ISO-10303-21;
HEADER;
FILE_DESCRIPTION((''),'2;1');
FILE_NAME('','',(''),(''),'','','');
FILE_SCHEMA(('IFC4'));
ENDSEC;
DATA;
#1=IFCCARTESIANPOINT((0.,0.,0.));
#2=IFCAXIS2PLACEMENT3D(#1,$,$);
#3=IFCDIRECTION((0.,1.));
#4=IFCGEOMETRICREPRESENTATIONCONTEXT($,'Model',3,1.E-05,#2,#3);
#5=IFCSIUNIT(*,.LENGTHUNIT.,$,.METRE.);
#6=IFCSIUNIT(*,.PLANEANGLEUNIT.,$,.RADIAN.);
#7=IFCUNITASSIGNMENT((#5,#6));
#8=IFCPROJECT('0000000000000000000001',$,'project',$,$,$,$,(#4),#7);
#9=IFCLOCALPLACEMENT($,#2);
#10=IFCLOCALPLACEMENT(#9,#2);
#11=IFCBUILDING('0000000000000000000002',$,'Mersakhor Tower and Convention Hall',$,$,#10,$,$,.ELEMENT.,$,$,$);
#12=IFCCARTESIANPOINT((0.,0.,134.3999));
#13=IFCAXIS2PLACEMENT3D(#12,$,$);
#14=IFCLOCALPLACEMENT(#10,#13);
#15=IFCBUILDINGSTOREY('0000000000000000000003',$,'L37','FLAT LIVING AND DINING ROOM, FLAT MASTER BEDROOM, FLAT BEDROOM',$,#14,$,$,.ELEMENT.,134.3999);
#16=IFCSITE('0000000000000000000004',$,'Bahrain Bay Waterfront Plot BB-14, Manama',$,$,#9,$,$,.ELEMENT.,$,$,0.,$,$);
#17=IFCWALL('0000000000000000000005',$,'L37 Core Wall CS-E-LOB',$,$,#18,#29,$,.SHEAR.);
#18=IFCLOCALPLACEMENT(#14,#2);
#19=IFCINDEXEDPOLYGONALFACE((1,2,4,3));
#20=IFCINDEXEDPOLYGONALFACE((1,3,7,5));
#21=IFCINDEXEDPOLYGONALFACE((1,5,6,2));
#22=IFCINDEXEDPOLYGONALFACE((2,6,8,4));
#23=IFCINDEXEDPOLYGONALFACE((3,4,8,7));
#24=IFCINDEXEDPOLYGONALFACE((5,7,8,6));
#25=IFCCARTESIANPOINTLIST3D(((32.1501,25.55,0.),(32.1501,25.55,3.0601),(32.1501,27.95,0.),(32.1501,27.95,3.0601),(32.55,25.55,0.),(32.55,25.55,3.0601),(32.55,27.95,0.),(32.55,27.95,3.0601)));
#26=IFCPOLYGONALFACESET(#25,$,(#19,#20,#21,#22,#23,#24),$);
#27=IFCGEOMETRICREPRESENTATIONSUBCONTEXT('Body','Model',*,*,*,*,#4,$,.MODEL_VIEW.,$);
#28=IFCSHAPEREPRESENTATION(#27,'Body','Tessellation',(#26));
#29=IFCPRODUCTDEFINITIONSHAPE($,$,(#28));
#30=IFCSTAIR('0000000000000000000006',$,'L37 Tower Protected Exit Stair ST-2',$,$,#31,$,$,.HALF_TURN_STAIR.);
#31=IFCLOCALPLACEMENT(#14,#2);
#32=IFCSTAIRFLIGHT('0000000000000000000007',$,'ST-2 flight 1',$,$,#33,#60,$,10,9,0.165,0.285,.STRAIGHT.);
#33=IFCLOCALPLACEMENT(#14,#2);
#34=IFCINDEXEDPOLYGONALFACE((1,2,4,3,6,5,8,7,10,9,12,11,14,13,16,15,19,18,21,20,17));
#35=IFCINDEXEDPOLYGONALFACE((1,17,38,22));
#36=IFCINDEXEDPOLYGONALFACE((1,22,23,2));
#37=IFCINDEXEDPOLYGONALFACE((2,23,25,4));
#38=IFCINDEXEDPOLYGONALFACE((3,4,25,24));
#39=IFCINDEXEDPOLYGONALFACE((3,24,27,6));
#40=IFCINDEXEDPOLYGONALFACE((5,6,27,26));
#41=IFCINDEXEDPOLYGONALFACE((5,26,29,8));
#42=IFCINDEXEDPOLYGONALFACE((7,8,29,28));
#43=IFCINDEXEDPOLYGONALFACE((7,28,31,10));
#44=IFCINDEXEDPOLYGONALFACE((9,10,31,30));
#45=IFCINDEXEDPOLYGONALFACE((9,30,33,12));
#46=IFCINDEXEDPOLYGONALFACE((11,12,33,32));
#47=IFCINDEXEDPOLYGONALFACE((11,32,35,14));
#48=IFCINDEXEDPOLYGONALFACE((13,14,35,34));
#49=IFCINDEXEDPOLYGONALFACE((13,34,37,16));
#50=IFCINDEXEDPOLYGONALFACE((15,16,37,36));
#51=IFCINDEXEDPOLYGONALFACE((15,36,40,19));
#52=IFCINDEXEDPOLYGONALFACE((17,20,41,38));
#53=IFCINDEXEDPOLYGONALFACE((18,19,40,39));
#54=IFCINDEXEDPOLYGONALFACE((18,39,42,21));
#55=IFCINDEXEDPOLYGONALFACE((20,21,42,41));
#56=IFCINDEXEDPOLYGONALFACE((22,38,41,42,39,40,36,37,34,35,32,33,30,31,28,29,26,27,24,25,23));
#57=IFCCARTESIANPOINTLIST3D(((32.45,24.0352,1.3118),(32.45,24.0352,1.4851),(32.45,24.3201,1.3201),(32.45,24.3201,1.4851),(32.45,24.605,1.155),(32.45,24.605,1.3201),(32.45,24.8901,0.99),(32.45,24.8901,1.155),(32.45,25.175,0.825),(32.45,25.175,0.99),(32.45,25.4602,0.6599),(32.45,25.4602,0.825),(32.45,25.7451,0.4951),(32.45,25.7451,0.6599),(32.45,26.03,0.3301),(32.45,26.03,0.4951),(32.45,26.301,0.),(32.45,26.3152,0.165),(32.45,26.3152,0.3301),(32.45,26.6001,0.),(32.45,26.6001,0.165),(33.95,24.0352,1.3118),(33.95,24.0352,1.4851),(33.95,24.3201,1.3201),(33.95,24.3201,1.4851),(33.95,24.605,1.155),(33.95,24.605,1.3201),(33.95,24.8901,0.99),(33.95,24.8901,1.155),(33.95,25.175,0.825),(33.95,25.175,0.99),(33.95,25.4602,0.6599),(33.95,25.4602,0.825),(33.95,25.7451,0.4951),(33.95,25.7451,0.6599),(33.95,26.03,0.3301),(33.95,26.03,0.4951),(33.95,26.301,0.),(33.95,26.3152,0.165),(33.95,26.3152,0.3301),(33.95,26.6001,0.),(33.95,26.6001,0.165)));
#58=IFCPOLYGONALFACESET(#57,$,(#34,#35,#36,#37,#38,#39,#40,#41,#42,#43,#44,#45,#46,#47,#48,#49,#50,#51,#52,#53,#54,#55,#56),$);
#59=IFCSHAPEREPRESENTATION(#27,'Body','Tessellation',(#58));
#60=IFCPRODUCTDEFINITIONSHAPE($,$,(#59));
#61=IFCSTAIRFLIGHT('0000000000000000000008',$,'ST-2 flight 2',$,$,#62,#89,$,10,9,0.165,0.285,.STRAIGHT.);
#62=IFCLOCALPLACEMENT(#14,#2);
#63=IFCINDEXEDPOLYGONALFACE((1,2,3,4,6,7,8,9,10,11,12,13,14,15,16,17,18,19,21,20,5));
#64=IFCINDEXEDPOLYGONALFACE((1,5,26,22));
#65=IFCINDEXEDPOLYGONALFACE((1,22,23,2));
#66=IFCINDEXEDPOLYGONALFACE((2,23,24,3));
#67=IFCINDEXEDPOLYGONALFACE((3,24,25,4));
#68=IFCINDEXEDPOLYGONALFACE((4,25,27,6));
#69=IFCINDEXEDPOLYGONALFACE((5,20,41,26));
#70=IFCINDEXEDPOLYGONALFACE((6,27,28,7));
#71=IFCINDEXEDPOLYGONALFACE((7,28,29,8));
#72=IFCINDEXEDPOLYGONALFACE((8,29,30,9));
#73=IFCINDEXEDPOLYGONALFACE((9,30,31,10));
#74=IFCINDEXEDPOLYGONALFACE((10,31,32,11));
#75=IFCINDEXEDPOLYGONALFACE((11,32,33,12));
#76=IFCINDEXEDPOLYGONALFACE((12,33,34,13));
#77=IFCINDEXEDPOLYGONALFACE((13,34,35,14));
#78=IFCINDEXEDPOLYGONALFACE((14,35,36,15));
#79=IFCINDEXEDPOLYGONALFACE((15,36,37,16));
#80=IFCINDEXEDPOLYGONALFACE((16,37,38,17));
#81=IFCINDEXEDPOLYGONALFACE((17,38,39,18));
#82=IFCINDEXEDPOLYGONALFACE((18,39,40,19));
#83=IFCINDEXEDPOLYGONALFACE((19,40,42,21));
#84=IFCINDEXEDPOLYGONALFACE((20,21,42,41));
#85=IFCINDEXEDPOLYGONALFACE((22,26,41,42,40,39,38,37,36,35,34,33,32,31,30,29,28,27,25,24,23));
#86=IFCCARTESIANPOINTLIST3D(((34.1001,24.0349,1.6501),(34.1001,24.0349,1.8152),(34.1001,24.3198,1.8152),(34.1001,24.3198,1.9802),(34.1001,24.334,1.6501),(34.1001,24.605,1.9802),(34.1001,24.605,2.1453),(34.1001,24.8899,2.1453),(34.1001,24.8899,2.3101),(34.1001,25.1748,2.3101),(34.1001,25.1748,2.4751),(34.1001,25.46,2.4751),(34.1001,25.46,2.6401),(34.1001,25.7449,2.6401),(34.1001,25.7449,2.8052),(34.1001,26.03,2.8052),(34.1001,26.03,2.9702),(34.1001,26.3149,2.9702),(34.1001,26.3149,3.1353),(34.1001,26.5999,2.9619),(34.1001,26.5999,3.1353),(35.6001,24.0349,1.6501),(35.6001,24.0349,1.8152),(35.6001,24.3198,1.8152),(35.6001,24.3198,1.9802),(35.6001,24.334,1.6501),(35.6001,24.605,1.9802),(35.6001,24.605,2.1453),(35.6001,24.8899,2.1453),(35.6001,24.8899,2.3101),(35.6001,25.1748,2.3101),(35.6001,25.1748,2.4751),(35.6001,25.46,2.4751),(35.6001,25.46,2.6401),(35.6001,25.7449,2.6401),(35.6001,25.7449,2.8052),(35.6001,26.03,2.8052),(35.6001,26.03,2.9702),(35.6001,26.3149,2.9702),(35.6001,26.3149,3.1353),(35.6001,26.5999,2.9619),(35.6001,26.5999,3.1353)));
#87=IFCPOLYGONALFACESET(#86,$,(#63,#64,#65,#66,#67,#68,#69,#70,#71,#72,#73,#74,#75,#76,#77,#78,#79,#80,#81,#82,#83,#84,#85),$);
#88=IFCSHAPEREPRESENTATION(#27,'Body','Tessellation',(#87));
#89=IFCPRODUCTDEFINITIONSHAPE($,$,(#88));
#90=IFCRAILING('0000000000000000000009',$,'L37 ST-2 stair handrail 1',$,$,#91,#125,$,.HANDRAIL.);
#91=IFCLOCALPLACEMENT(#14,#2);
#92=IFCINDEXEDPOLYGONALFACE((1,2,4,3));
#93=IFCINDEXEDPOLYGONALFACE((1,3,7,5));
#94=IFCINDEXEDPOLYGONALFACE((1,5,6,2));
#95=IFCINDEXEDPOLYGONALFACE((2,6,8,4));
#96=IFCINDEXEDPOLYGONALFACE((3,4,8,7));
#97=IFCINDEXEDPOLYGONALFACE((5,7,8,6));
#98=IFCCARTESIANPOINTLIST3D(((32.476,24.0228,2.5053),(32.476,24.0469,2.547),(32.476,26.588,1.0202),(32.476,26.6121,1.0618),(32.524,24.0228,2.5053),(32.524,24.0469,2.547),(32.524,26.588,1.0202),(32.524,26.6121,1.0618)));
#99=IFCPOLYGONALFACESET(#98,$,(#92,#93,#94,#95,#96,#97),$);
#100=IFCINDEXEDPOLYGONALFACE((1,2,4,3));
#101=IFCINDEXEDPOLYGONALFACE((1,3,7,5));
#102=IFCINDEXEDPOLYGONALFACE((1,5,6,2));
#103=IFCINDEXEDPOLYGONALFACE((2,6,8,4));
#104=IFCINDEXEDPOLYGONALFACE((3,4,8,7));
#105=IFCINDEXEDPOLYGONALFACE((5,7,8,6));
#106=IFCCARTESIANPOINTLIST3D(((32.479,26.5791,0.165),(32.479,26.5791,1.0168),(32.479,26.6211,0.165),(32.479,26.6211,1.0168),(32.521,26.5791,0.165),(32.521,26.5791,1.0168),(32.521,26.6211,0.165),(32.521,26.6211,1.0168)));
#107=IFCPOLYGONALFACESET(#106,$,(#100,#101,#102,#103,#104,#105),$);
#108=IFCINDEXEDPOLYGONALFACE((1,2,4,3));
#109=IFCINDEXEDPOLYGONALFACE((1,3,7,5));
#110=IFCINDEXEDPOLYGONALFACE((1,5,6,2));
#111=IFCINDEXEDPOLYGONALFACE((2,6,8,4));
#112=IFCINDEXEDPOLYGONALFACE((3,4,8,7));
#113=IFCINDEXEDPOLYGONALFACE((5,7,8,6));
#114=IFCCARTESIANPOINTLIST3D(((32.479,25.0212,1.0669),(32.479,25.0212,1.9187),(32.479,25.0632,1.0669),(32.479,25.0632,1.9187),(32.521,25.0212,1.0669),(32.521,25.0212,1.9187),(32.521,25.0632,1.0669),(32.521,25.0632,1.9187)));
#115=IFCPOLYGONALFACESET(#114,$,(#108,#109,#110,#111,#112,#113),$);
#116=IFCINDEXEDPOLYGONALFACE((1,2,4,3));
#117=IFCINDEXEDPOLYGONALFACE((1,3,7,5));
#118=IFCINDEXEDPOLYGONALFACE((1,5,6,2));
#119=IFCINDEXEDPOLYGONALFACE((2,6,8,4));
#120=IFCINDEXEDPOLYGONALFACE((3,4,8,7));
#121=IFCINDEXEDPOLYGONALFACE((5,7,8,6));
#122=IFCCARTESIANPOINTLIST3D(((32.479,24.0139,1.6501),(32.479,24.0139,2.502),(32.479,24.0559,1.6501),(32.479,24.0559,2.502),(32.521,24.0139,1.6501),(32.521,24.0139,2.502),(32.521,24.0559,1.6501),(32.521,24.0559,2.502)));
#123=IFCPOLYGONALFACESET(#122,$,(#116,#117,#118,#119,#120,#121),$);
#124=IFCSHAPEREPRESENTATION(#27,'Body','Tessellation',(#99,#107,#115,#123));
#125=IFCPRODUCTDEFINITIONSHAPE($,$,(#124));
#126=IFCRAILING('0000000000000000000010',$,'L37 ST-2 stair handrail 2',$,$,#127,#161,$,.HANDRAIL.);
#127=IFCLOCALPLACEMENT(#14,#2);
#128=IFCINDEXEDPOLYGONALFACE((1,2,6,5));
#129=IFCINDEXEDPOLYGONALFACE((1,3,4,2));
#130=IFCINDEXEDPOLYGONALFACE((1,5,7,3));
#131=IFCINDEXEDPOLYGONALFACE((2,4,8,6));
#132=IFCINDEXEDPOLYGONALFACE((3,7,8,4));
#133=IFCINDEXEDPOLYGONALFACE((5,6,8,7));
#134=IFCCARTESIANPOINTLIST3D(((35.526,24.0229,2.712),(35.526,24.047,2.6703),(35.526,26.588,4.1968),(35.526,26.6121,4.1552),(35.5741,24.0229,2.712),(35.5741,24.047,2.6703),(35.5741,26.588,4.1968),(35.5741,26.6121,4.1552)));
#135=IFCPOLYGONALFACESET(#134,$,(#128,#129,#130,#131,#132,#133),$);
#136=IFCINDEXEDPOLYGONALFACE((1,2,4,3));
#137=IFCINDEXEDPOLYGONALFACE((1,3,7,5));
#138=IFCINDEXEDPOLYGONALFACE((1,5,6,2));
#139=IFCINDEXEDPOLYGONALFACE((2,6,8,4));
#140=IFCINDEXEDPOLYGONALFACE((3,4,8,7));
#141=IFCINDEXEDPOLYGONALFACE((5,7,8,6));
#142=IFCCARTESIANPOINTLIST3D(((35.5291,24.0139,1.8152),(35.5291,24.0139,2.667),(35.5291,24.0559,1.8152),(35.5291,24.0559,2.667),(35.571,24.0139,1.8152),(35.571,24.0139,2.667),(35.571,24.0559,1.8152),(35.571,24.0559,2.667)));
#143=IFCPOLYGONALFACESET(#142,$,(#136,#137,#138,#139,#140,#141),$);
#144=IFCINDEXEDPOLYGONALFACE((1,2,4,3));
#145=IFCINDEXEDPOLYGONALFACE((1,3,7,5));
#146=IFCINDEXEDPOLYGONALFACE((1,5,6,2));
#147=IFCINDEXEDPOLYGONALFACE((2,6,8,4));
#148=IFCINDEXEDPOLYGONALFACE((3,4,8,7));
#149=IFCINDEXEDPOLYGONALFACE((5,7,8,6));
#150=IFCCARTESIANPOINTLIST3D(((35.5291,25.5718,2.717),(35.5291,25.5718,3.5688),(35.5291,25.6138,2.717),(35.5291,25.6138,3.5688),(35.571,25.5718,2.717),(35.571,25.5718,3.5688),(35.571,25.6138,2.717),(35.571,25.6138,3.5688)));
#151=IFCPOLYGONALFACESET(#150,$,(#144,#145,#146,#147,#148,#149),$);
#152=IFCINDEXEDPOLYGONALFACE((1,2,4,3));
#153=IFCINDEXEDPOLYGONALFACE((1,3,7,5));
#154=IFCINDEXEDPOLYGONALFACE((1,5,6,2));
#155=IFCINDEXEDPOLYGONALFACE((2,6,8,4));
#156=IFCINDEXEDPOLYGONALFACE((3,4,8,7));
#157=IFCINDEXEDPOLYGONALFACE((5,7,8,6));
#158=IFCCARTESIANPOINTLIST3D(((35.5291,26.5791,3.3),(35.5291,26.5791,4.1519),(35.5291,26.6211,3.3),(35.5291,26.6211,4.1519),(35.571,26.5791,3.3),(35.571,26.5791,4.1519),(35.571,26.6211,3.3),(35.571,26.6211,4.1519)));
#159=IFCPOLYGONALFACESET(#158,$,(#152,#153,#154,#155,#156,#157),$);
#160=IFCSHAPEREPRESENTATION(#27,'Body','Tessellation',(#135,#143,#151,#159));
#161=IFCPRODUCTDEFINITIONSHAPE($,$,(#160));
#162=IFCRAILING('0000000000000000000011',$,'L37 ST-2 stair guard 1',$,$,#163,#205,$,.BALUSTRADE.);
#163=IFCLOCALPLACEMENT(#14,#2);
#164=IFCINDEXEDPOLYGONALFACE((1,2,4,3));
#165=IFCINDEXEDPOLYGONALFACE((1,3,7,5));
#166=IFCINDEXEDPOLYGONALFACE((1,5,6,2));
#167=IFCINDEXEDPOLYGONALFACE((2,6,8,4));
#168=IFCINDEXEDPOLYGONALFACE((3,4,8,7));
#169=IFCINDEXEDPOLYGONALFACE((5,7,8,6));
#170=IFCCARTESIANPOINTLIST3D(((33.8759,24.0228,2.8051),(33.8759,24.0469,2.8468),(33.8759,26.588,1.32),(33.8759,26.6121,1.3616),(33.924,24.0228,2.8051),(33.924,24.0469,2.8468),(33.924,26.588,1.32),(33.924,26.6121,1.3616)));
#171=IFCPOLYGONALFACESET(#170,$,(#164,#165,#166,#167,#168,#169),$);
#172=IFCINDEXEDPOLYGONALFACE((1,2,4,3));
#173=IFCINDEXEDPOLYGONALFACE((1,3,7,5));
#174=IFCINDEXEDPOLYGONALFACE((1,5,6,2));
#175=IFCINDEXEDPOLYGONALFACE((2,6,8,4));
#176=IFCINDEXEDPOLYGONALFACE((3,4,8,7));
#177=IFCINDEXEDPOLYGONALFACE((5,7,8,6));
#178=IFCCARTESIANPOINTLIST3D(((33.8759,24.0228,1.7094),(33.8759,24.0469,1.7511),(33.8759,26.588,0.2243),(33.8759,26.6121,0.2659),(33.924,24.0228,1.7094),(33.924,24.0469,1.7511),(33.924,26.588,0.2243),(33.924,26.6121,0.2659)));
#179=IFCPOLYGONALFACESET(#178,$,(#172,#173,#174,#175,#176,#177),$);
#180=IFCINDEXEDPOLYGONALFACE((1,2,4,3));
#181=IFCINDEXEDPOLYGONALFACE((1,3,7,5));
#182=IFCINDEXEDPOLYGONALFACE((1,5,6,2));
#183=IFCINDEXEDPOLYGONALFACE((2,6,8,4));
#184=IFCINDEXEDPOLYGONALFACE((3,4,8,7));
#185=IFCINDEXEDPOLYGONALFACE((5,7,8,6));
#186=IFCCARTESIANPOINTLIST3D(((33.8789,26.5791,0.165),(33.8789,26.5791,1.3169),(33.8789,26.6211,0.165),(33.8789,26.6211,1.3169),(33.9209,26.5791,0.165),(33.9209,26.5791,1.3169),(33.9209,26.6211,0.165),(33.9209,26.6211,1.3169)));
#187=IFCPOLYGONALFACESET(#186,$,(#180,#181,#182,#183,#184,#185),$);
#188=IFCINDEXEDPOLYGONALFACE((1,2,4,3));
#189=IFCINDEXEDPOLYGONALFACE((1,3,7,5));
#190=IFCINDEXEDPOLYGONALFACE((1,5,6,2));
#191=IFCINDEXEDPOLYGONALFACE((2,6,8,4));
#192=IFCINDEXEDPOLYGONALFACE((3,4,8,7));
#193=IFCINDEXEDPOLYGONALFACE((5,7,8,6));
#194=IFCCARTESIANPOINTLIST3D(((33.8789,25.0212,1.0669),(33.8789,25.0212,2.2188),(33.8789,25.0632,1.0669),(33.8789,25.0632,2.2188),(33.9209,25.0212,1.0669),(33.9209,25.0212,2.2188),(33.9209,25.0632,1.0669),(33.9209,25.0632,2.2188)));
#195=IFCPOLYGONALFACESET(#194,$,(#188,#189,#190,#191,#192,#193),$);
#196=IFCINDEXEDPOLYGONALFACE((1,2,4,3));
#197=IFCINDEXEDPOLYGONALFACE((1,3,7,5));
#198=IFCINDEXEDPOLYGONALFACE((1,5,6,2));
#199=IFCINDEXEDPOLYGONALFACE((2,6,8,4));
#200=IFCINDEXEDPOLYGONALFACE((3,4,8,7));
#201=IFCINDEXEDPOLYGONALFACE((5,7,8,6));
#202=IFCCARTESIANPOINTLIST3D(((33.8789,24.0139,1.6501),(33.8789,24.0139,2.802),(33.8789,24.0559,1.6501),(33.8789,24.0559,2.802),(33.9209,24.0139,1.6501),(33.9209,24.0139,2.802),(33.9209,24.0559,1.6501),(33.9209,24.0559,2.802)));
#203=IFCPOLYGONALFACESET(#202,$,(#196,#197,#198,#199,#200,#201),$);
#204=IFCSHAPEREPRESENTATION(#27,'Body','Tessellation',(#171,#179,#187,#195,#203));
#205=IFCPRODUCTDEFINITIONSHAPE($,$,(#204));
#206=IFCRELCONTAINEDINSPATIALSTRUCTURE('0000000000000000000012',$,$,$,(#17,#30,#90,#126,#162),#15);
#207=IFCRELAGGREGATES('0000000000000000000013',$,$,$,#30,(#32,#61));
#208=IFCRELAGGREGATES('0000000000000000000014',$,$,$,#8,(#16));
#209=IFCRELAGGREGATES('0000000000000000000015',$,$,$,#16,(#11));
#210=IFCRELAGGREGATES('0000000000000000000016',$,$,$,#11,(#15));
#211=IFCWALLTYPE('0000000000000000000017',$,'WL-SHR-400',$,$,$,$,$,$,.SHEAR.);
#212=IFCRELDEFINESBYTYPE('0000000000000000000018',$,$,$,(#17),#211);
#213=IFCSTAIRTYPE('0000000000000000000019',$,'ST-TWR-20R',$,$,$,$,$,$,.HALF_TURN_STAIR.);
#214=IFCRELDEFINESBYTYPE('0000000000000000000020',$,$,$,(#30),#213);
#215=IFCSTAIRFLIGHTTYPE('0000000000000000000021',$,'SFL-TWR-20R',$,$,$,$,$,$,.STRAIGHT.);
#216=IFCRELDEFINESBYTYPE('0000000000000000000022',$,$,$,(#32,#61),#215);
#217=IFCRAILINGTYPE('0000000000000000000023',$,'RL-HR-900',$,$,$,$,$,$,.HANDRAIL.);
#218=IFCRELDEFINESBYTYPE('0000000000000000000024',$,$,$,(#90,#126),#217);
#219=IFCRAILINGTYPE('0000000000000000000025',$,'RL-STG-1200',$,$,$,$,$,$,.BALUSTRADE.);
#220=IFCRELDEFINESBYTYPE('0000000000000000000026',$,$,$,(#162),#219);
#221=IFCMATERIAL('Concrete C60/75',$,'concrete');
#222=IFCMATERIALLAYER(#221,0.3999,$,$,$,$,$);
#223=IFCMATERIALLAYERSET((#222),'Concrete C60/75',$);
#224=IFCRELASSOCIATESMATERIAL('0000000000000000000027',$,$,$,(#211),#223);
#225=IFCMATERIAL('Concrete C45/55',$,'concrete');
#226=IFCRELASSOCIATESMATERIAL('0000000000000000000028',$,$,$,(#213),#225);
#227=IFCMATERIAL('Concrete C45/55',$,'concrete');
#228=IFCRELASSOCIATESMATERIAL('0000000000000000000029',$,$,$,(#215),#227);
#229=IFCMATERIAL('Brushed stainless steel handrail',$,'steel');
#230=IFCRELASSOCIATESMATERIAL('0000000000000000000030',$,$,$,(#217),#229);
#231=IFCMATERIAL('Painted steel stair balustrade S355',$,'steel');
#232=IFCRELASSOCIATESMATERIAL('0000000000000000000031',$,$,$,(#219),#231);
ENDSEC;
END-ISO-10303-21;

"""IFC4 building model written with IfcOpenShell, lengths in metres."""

from ifc_helpers import new_model, si_unit, direction, frame, frame_2d, origin, origin_2d, place, context, subcontext, project, spatial, polyline, rectangle, outline, extrude, material, layer, layer_set, type_object, element, aggregate, save


model = new_model("IFC4")

# Units and contexts
model_context = context("Model", 3, precision=1e-05, world=origin(), true_north=direction((0.0, 1.0)))
body_context = subcontext(model_context, "Body", "Model", "MODEL_VIEW")
ifc_project = project(units=[si_unit("LENGTHUNIT", "METRE"), si_unit("PLANEANGLEUNIT", "RADIAN")], contexts=[model_context])

# Site, building, storey
site_placement = place(None, origin())
site = spatial("IfcSite", under=ifc_project, at=site_placement, Name="Bahrain Bay Waterfront Plot BB-14, Manama", CompositionType="ELEMENT", RefElevation=0.0)
building_placement = place(site_placement, origin())
building = spatial("IfcBuilding", under=site, at=building_placement, Name="Mersakhor Tower and Convention Hall", CompositionType="ELEMENT")
storey_placement = place(building_placement, frame((0.0, 0.0, 134.3999)))
storey = spatial("IfcBuildingStorey", under=building, at=storey_placement, Name="L37", Description="FLAT LIVING AND DINING ROOM, FLAT MASTER BEDROOM, FLAT BEDROOM", CompositionType="ELEMENT", Elevation=134.3999)

# Shared definitions
ifc_material_1 = material(Name="Concrete C60/75", Category="concrete")
ifc_layer_1 = layer(ifc_material_1, 0.3999)
ifc_layer_set_1 = layer_set([ifc_layer_1], Name="Concrete C60/75")
wall_type_1 = type_object("IfcWallType", Name="WL-SHR-400", PredefinedType="SHEAR", material=ifc_layer_set_1)

# Wall
wall_1_placement = place(storey_placement, frame((32.3501, 25.55, 0.0), z_axis=(0.0, 0.0, 1.0), x_axis=(0.0, 1.0, 0.0)))
element("IfcWall", 1, at=wall_1_placement, inside=storey, type_object=wall_type_1, Name="L37 Core Wall CS-E-LOB", PredefinedType="SHEAR", context=body_context, shape_type="SweptSolid", body=[
    extrude(rectangle(XDim=2.3999, YDim=0.3999, at=frame_2d((1.2, 0.0))), origin(), (0.0, 0.0, 1.0), 3.0601),
])

# Stair, stair flights
ifc_material_2 = material(Name="Concrete C45/55", Category="concrete")
stair_type = type_object("IfcStairType", Name="ST-TWR-20R", PredefinedType="HALF_TURN_STAIR", material=ifc_material_2)
stair_placement = place(storey_placement, origin())
stair = element("IfcStair", 2, at=stair_placement, inside=storey, type_object=stair_type, Name="L37 Tower Protected Exit Stair ST-2", PredefinedType="HALF_TURN_STAIR")
ifc_material_3 = material(Name="Concrete C45/55", Category="concrete")
stair_flight_type = type_object("IfcStairFlightType", Name="SFL-TWR-20R", PredefinedType="STRAIGHT", material=ifc_material_3)
stair_flight_1_placement = place(storey_placement, frame((33.2, 26.6001, 0.0), z_axis=(0.0, 0.0, 1.0), x_axis=(0.0, -1.0, 0.0)))
stair_flight_1 = element("IfcStairFlight", 3, at=stair_flight_1_placement, type_object=stair_flight_type, Name="ST-2 flight 1", NumberOfRisers=10, NumberOfTreads=9, PredefinedType="STRAIGHT", RiserHeight=0.165, TreadLength=0.285, context=body_context, shape_type="SweptSolid", body=[
    extrude(outline(polyline([(0.0, 0.0), (0.0, 0.165), (0.2849, 0.165), (0.2849, 0.3301), (0.5701, 0.3301), (0.5701, 0.4951), (0.855, 0.4951), (0.855, 0.6599), (1.1399, 0.6599), (1.1399, 0.825), (1.425, 0.825), (1.425, 0.99), (1.71, 0.99), (1.71, 1.155), (1.9951, 1.155), (1.9951, 1.3201), (2.28, 1.3201), (2.28, 1.4851), (2.5649, 1.4851), (2.5649, 1.6499), (2.5649, 1.3118), (0.2991, 0.0), (0.0, 0.0)])), frame((0.0, 0.75, 0.0), z_axis=(0.0, -1.0, 0.0), x_axis=(1.0, 0.0, 0.0)), (0.0, 0.0, 1.0), 1.5),
])
stair_flight_2_placement = place(storey_placement, frame((34.8501, 24.0349, 1.6501), z_axis=(0.0, 0.0, 1.0), x_axis=(0.0, 1.0, 0.0)))
stair_flight_2 = element("IfcStairFlight", 4, at=stair_flight_2_placement, type_object=stair_flight_type, Name="ST-2 flight 2", NumberOfRisers=10, NumberOfTreads=9, PredefinedType="STRAIGHT", RiserHeight=0.165, TreadLength=0.285, context=body_context, shape_type="SweptSolid", body=[
    extrude(outline(polyline([(0.0, 0.0), (0.0, 0.165), (0.2849, 0.165), (0.2849, 0.3301), (0.5701, 0.3301), (0.5701, 0.4951), (0.855, 0.4951), (0.855, 0.6599), (1.1399, 0.6599), (1.1399, 0.825), (1.425, 0.825), (1.425, 0.99), (1.71, 0.99), (1.71, 1.155), (1.9951, 1.155), (1.9951, 1.3201), (2.28, 1.3201), (2.28, 1.4851), (2.5649, 1.4851), (2.5649, 1.6499), (2.5649, 1.3118), (0.2991, 0.0), (0.0, 0.0)])), frame((0.0, 0.75, 0.0), z_axis=(0.0, -1.0, 0.0), x_axis=(1.0, 0.0, 0.0)), (0.0, 0.0, 1.0), 1.5),
])
aggregate(stair, [stair_flight_1, stair_flight_2])

# Railings
ifc_material_4 = material(Name="Brushed stainless steel handrail", Category="steel")
railing_type_1 = type_object("IfcRailingType", Name="RL-HR-900", PredefinedType="HANDRAIL", material=ifc_material_4)
railing_1_placement = place(storey_placement, frame((32.5, 26.6001, 0.165)))
element("IfcRailing", 5, at=railing_1_placement, inside=storey, type_object=railing_type_1, Name="L37 ST-2 stair handrail 1", PredefinedType="HANDRAIL", context=body_context, shape_type="SweptSolid", body=[
    extrude(rectangle(XDim=0.0481, YDim=0.0481, at=origin_2d()), frame((0.0, 0.0, 0.876), z_axis=(0.0, -0.865426, 0.501036), x_axis=(1.0, 0.0, 0.0)), (0.0, 0.0, 1.0), 2.9641),
    extrude(rectangle(XDim=0.042, YDim=0.042, at=origin_2d()), origin(), (0.0, 0.0, 1.0), 0.8518),
    extrude(rectangle(XDim=0.042, YDim=0.042, at=origin_2d()), frame((0.0, -1.5579, 0.9019)), (0.0, 0.0, 1.0), 0.8518),
    extrude(rectangle(XDim=0.042, YDim=0.042, at=origin_2d()), frame((0.0, -2.5652, 1.4851)), (0.0, 0.0, 1.0), 0.8518),
])
railing_2_placement = place(storey_placement, frame((35.55, 24.0349, 1.8152)))
element("IfcRailing", 6, at=railing_2_placement, inside=storey, type_object=railing_type_1, Name="L37 ST-2 stair handrail 2", PredefinedType="HANDRAIL", context=body_context, shape_type="SweptSolid", body=[
    extrude(rectangle(XDim=0.0481, YDim=0.0481, at=origin_2d()), frame((0.0, 0.0, 0.876), z_axis=(0.0, 0.865462, 0.500975), x_axis=(-1.0, 0.0, 0.0)), (0.0, 0.0, 1.0), 2.9639),
    extrude(rectangle(XDim=0.042, YDim=0.042, at=origin_2d()), origin(), (0.0, 0.0, 1.0), 0.8518),
    extrude(rectangle(XDim=0.042, YDim=0.042, at=origin_2d()), frame((0.0, 1.5579, 0.9019)), (0.0, 0.0, 1.0), 0.8518),
    extrude(rectangle(XDim=0.042, YDim=0.042, at=origin_2d()), frame((0.0, 2.5652, 1.4849)), (0.0, 0.0, 1.0), 0.8518),
])
ifc_material_5 = material(Name="Painted steel stair balustrade S355", Category="steel")
railing_type_2 = type_object("IfcRailingType", Name="RL-STG-1200", PredefinedType="BALUSTRADE", material=ifc_material_5)
railing_3_placement = place(storey_placement, frame((33.8999, 26.6001, 0.165)))
element("IfcRailing", 7, at=railing_3_placement, inside=storey, type_object=railing_type_2, Name="L37 ST-2 stair guard 1", PredefinedType="BALUSTRADE", context=body_context, shape_type="SweptSolid", body=[
    extrude(rectangle(XDim=0.0481, YDim=0.0481, at=origin_2d()), frame((0.0, 0.0, 1.1758), z_axis=(0.0, -0.865426, 0.501036), x_axis=(1.0, 0.0, 0.0)), (0.0, 0.0, 1.0), 2.9641),
    extrude(rectangle(XDim=0.0481, YDim=0.0481, at=origin_2d()), frame((0.0, 0.0, 0.0801), z_axis=(0.0, -0.865426, 0.501036), x_axis=(1.0, 0.0, 0.0)), (0.0, 0.0, 1.0), 2.9641),
    extrude(rectangle(XDim=0.042, YDim=0.042, at=origin_2d()), origin(), (0.0, 0.0, 1.0), 1.1519),
    extrude(rectangle(XDim=0.042, YDim=0.042, at=origin_2d()), frame((0.0, -1.5579, 0.9019)), (0.0, 0.0, 1.0), 1.1519),
    extrude(rectangle(XDim=0.042, YDim=0.042, at=origin_2d()), frame((0.0, -2.5652, 1.4851)), (0.0, 0.0, 1.0), 1.1519),
])

save(model, "model.ifc")
